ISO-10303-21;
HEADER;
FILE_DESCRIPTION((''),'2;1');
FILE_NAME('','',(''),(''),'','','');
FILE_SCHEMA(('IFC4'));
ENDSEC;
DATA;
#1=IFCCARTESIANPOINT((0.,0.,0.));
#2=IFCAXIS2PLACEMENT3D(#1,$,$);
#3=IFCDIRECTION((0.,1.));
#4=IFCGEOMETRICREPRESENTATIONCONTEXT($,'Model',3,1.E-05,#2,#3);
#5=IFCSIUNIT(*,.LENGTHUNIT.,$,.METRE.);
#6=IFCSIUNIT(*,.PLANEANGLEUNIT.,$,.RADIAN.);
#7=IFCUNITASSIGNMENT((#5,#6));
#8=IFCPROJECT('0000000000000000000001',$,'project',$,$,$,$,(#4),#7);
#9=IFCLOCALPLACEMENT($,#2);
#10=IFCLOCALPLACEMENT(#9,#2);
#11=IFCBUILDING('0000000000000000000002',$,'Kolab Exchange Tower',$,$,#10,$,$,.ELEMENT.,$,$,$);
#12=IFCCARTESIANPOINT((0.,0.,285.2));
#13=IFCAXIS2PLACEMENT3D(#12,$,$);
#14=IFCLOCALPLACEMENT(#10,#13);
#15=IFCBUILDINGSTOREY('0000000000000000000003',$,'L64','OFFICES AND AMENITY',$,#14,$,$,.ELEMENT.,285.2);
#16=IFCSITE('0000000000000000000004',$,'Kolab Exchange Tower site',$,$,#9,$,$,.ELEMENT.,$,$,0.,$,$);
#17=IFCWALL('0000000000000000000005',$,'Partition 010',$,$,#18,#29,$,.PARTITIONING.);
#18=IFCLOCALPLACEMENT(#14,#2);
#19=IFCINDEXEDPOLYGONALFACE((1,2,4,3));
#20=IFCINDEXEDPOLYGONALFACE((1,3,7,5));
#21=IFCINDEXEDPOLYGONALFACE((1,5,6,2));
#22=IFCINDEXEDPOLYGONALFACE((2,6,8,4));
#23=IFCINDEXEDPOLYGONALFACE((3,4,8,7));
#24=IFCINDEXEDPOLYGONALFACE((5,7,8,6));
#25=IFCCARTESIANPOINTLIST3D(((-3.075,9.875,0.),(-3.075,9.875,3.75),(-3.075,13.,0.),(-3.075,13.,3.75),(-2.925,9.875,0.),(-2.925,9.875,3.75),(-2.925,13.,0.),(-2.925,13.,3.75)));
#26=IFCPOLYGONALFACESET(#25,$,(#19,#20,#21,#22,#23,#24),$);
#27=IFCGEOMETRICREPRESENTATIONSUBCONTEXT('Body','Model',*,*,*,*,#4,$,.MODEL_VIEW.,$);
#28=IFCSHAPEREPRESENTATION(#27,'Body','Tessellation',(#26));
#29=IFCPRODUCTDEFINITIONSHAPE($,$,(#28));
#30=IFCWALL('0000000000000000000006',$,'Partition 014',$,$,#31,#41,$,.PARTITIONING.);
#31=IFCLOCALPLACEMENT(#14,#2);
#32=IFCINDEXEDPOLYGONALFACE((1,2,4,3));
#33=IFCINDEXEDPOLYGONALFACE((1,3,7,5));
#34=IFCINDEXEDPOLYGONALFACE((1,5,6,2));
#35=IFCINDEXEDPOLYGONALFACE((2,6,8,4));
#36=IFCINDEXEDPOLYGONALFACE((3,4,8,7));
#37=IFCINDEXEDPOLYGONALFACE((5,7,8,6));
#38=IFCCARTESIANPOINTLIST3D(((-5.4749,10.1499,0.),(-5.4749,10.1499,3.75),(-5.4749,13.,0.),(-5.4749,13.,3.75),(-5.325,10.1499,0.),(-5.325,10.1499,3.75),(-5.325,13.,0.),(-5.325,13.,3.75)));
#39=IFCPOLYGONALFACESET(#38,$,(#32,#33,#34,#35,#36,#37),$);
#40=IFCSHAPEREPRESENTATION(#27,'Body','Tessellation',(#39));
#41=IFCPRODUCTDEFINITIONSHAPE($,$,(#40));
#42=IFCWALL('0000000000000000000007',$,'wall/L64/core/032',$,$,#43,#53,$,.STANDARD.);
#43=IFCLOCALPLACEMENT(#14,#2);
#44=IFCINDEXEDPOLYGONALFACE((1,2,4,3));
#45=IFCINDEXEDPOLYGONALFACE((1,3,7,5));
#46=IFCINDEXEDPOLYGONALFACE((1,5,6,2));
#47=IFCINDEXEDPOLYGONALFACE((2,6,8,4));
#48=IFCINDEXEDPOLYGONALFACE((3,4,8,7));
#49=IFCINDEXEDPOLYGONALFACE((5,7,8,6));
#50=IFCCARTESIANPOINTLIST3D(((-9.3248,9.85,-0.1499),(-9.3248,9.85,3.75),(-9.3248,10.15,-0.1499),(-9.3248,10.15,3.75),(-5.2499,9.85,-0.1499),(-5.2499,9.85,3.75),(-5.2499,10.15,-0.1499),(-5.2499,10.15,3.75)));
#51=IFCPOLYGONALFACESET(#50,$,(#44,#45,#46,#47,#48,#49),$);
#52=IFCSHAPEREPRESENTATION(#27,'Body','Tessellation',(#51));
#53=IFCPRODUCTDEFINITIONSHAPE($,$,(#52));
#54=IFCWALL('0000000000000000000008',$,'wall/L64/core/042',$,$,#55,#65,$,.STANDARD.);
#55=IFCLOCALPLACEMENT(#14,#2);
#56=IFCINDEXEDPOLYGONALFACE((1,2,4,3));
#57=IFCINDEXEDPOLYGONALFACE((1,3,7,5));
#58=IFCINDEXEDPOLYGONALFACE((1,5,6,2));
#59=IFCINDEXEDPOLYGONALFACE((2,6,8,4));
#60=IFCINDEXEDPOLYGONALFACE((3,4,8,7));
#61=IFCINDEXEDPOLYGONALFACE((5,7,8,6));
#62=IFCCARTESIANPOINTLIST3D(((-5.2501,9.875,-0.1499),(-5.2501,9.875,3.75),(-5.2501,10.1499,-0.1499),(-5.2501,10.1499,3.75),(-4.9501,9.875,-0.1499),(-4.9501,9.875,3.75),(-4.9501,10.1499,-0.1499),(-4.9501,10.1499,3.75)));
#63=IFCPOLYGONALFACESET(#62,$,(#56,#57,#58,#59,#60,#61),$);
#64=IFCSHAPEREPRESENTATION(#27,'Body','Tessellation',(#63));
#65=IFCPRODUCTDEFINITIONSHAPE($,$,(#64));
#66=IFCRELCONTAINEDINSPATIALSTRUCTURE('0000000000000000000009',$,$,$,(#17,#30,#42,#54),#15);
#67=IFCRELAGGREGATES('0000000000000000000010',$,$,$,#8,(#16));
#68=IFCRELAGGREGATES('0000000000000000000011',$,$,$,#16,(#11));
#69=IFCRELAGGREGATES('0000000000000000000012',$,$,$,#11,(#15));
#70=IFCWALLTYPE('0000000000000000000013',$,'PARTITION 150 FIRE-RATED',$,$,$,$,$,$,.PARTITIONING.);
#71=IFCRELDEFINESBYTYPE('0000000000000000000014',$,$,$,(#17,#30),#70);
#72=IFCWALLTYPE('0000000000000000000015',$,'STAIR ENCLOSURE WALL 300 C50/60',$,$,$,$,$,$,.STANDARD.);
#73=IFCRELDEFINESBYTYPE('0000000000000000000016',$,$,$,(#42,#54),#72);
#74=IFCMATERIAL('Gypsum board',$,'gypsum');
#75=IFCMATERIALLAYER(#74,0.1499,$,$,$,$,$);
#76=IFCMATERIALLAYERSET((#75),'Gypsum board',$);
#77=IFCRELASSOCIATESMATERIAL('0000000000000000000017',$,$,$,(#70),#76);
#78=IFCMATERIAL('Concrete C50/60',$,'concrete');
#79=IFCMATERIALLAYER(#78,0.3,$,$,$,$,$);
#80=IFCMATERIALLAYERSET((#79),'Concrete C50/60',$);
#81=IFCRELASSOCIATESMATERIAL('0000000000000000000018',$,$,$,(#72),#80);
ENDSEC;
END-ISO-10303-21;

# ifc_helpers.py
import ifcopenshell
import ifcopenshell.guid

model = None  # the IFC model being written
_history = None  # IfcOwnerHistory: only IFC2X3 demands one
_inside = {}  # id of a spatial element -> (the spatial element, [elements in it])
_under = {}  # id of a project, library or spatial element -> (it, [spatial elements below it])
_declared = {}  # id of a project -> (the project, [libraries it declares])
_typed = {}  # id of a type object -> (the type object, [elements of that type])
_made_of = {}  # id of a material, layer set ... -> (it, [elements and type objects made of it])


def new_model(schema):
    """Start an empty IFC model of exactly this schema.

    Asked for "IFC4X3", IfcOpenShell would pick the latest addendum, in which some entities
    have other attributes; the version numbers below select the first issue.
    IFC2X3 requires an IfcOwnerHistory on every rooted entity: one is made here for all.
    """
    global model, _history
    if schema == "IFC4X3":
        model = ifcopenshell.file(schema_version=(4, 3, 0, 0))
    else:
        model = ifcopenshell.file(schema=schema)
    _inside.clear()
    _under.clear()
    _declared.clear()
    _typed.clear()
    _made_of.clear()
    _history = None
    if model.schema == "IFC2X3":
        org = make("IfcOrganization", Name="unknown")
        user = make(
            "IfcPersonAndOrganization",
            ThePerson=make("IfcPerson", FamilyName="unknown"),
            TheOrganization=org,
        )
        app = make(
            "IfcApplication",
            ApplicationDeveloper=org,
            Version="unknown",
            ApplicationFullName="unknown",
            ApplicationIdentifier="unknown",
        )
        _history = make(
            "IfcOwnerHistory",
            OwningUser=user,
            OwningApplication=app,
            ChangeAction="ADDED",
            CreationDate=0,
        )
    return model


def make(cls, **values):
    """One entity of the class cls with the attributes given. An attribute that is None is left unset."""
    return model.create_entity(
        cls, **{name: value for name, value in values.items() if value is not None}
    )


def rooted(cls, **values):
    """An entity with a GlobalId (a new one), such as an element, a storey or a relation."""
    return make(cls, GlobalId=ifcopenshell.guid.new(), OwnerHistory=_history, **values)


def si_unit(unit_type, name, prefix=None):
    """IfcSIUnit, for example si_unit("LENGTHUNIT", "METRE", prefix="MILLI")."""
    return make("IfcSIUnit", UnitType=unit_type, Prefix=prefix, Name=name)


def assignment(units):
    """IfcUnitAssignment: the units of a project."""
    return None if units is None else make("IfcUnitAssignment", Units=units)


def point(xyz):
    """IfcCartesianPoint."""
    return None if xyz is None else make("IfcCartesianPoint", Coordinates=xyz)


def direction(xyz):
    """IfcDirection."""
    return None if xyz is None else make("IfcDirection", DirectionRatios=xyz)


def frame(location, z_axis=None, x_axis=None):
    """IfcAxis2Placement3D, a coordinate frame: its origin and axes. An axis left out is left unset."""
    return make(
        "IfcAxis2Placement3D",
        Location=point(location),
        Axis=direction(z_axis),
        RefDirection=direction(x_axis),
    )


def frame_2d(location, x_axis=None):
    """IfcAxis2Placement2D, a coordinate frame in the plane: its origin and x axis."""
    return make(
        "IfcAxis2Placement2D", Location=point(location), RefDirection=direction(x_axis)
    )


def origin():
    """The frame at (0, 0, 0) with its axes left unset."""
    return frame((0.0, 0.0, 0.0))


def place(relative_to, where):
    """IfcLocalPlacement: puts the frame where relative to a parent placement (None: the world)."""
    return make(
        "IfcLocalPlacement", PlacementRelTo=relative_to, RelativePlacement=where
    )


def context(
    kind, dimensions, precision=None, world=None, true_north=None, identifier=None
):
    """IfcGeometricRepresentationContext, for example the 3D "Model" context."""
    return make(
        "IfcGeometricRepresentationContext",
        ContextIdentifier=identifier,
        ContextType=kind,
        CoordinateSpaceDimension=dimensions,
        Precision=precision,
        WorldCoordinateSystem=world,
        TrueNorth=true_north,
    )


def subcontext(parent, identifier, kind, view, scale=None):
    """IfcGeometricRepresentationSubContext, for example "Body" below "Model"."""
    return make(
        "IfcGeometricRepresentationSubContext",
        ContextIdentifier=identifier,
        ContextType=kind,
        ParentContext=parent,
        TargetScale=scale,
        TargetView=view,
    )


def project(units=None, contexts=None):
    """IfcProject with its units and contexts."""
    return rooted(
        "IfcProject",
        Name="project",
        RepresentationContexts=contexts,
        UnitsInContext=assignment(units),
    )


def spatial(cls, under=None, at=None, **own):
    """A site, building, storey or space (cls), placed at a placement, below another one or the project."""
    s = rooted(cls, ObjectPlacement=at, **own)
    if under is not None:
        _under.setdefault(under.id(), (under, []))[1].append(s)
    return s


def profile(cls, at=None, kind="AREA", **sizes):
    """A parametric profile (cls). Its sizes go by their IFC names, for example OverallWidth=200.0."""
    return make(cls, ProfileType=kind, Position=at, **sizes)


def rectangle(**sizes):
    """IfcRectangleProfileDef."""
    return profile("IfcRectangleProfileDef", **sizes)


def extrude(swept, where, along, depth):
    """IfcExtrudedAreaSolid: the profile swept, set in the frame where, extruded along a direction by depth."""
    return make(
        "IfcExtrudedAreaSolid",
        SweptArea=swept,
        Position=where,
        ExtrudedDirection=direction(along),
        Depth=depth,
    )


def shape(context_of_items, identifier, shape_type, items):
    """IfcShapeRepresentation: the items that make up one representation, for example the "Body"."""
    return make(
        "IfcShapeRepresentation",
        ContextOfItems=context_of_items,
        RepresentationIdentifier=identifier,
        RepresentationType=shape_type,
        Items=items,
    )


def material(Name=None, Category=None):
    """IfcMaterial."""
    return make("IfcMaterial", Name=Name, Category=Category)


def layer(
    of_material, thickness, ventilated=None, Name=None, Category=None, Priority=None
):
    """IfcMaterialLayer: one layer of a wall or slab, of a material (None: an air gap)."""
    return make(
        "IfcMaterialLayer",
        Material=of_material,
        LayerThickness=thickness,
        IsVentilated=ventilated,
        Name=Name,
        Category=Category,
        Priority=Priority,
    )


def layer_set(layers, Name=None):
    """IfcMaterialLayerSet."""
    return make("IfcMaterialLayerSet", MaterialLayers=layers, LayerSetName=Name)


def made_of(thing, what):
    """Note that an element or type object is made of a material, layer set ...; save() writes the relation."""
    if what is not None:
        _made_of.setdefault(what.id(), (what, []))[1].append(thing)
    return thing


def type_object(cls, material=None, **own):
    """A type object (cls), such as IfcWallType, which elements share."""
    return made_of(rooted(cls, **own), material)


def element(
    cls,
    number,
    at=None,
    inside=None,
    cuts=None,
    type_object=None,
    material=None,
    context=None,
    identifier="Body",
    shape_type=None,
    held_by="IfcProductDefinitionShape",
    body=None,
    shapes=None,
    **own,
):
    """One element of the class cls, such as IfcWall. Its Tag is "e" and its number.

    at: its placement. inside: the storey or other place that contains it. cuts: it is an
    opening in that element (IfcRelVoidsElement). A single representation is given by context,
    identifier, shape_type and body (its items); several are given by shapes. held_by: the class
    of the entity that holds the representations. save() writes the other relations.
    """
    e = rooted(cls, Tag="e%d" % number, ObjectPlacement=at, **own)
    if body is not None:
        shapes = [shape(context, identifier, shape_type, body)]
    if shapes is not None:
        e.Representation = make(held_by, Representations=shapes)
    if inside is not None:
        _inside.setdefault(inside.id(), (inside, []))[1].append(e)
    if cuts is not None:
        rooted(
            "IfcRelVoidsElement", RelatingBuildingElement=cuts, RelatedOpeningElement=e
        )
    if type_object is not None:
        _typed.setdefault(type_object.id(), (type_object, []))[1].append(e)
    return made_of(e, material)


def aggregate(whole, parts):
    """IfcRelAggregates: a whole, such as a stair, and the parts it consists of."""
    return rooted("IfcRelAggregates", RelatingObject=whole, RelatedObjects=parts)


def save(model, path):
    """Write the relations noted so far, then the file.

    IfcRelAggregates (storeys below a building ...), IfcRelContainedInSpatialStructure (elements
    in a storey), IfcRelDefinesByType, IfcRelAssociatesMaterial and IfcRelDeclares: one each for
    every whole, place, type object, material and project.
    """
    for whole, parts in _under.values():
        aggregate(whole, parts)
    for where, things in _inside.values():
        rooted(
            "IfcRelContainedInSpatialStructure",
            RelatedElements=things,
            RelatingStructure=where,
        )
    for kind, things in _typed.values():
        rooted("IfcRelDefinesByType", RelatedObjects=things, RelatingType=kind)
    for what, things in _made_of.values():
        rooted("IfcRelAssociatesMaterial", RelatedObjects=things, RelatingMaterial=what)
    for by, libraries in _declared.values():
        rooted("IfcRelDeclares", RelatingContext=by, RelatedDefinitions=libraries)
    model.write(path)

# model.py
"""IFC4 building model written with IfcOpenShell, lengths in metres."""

from ifc_helpers import new_model, si_unit, direction, frame, frame_2d, origin, place, context, subcontext, project, spatial, rectangle, extrude, material, layer, layer_set, type_object, element, save


model = new_model("IFC4")

# Units and contexts
model_context = context("Model", 3, precision=1e-05, world=origin(), true_north=direction((0.0, 1.0)))
body_context = subcontext(model_context, "Body", "Model", "MODEL_VIEW")
ifc_project = project(units=[si_unit("LENGTHUNIT", "METRE"), si_unit("PLANEANGLEUNIT", "RADIAN")], contexts=[model_context])

# Site, building, storey
site_placement = place(None, origin())
site = spatial("IfcSite", under=ifc_project, at=site_placement, Name="Kolab Exchange Tower site", CompositionType="ELEMENT", RefElevation=0.0)
building_placement = place(site_placement, origin())
building = spatial("IfcBuilding", under=site, at=building_placement, Name="Kolab Exchange Tower", CompositionType="ELEMENT")
storey_placement = place(building_placement, frame((0.0, 0.0, 285.2)))
storey = spatial("IfcBuildingStorey", under=building, at=storey_placement, Name="L64", Description="OFFICES AND AMENITY", CompositionType="ELEMENT", Elevation=285.2)

# Shared definitions
ifc_material_1 = material(Name="Concrete C50/60", Category="concrete")

# Walls
ifc_material_2 = material(Name="Gypsum board", Category="gypsum")
ifc_layer_1 = layer(ifc_material_2, 0.1499)
ifc_layer_set_1 = layer_set([ifc_layer_1], Name="Gypsum board")
wall_type_1 = type_object("IfcWallType", Name="PARTITION 150 FIRE-RATED", PredefinedType="PARTITIONING", material=ifc_layer_set_1)
wall_1_placement = place(storey_placement, frame((-3.0, 9.875, 0.0), z_axis=(0.0, 0.0, 1.0), x_axis=(0.0, 1.0, 0.0)))
element("IfcWall", 1, at=wall_1_placement, inside=storey, type_object=wall_type_1, Name="Partition 010", PredefinedType="PARTITIONING", context=body_context, shape_type="SweptSolid", body=[
    extrude(rectangle(XDim=3.125, YDim=0.1499, at=frame_2d((1.5625, 0.0))), origin(), (0.0, 0.0, 1.0), 3.75),
])
wall_2_placement = place(storey_placement, frame((-5.3999, 10.1499, 0.0), z_axis=(0.0, 0.0, 1.0), x_axis=(0.0, 1.0, 0.0)))
element("IfcWall", 2, at=wall_2_placement, inside=storey, type_object=wall_type_1, Name="Partition 014", PredefinedType="PARTITIONING", context=body_context, shape_type="SweptSolid", body=[
    extrude(rectangle(XDim=2.8501, YDim=0.1499, at=frame_2d((1.425, 0.0))), origin(), (0.0, 0.0, 1.0), 3.75),
])
ifc_layer_2 = layer(ifc_material_1, 0.3)
ifc_layer_set_2 = layer_set([ifc_layer_2], Name="Concrete C50/60")
wall_type_2 = type_object("IfcWallType", Name="STAIR ENCLOSURE WALL 300 C50/60", PredefinedType="STANDARD", material=ifc_layer_set_2)
wall_3_placement = place(storey_placement, frame((-9.325, 10.0, -0.1499), z_axis=(0.0, 0.0, 1.0), x_axis=(1.0, 0.0, 0.0)))
element("IfcWall", 3, at=wall_3_placement, inside=storey, type_object=wall_type_2, Name="wall/L64/core/032", PredefinedType="STANDARD", context=body_context, shape_type="SweptSolid", body=[
    extrude(rectangle(XDim=4.075, YDim=0.3, at=frame_2d((2.0376, 0.0))), origin(), (0.0, 0.0, 1.0), 3.8999),
])
wall_4_placement = place(storey_placement, frame((-5.1001, 9.875, -0.1499), z_axis=(0.0, 0.0, 1.0), x_axis=(0.0, 1.0, 0.0)))
element("IfcWall", 4, at=wall_4_placement, inside=storey, type_object=wall_type_2, Name="wall/L64/core/042", PredefinedType="STANDARD", context=body_context, shape_type="SweptSolid", body=[
    extrude(rectangle(XDim=0.2749, YDim=0.3, at=frame_2d((0.1375, 0.0))), origin(), (0.0, 0.0, 1.0), 3.8999),
])

save(model, "model.ifc")
